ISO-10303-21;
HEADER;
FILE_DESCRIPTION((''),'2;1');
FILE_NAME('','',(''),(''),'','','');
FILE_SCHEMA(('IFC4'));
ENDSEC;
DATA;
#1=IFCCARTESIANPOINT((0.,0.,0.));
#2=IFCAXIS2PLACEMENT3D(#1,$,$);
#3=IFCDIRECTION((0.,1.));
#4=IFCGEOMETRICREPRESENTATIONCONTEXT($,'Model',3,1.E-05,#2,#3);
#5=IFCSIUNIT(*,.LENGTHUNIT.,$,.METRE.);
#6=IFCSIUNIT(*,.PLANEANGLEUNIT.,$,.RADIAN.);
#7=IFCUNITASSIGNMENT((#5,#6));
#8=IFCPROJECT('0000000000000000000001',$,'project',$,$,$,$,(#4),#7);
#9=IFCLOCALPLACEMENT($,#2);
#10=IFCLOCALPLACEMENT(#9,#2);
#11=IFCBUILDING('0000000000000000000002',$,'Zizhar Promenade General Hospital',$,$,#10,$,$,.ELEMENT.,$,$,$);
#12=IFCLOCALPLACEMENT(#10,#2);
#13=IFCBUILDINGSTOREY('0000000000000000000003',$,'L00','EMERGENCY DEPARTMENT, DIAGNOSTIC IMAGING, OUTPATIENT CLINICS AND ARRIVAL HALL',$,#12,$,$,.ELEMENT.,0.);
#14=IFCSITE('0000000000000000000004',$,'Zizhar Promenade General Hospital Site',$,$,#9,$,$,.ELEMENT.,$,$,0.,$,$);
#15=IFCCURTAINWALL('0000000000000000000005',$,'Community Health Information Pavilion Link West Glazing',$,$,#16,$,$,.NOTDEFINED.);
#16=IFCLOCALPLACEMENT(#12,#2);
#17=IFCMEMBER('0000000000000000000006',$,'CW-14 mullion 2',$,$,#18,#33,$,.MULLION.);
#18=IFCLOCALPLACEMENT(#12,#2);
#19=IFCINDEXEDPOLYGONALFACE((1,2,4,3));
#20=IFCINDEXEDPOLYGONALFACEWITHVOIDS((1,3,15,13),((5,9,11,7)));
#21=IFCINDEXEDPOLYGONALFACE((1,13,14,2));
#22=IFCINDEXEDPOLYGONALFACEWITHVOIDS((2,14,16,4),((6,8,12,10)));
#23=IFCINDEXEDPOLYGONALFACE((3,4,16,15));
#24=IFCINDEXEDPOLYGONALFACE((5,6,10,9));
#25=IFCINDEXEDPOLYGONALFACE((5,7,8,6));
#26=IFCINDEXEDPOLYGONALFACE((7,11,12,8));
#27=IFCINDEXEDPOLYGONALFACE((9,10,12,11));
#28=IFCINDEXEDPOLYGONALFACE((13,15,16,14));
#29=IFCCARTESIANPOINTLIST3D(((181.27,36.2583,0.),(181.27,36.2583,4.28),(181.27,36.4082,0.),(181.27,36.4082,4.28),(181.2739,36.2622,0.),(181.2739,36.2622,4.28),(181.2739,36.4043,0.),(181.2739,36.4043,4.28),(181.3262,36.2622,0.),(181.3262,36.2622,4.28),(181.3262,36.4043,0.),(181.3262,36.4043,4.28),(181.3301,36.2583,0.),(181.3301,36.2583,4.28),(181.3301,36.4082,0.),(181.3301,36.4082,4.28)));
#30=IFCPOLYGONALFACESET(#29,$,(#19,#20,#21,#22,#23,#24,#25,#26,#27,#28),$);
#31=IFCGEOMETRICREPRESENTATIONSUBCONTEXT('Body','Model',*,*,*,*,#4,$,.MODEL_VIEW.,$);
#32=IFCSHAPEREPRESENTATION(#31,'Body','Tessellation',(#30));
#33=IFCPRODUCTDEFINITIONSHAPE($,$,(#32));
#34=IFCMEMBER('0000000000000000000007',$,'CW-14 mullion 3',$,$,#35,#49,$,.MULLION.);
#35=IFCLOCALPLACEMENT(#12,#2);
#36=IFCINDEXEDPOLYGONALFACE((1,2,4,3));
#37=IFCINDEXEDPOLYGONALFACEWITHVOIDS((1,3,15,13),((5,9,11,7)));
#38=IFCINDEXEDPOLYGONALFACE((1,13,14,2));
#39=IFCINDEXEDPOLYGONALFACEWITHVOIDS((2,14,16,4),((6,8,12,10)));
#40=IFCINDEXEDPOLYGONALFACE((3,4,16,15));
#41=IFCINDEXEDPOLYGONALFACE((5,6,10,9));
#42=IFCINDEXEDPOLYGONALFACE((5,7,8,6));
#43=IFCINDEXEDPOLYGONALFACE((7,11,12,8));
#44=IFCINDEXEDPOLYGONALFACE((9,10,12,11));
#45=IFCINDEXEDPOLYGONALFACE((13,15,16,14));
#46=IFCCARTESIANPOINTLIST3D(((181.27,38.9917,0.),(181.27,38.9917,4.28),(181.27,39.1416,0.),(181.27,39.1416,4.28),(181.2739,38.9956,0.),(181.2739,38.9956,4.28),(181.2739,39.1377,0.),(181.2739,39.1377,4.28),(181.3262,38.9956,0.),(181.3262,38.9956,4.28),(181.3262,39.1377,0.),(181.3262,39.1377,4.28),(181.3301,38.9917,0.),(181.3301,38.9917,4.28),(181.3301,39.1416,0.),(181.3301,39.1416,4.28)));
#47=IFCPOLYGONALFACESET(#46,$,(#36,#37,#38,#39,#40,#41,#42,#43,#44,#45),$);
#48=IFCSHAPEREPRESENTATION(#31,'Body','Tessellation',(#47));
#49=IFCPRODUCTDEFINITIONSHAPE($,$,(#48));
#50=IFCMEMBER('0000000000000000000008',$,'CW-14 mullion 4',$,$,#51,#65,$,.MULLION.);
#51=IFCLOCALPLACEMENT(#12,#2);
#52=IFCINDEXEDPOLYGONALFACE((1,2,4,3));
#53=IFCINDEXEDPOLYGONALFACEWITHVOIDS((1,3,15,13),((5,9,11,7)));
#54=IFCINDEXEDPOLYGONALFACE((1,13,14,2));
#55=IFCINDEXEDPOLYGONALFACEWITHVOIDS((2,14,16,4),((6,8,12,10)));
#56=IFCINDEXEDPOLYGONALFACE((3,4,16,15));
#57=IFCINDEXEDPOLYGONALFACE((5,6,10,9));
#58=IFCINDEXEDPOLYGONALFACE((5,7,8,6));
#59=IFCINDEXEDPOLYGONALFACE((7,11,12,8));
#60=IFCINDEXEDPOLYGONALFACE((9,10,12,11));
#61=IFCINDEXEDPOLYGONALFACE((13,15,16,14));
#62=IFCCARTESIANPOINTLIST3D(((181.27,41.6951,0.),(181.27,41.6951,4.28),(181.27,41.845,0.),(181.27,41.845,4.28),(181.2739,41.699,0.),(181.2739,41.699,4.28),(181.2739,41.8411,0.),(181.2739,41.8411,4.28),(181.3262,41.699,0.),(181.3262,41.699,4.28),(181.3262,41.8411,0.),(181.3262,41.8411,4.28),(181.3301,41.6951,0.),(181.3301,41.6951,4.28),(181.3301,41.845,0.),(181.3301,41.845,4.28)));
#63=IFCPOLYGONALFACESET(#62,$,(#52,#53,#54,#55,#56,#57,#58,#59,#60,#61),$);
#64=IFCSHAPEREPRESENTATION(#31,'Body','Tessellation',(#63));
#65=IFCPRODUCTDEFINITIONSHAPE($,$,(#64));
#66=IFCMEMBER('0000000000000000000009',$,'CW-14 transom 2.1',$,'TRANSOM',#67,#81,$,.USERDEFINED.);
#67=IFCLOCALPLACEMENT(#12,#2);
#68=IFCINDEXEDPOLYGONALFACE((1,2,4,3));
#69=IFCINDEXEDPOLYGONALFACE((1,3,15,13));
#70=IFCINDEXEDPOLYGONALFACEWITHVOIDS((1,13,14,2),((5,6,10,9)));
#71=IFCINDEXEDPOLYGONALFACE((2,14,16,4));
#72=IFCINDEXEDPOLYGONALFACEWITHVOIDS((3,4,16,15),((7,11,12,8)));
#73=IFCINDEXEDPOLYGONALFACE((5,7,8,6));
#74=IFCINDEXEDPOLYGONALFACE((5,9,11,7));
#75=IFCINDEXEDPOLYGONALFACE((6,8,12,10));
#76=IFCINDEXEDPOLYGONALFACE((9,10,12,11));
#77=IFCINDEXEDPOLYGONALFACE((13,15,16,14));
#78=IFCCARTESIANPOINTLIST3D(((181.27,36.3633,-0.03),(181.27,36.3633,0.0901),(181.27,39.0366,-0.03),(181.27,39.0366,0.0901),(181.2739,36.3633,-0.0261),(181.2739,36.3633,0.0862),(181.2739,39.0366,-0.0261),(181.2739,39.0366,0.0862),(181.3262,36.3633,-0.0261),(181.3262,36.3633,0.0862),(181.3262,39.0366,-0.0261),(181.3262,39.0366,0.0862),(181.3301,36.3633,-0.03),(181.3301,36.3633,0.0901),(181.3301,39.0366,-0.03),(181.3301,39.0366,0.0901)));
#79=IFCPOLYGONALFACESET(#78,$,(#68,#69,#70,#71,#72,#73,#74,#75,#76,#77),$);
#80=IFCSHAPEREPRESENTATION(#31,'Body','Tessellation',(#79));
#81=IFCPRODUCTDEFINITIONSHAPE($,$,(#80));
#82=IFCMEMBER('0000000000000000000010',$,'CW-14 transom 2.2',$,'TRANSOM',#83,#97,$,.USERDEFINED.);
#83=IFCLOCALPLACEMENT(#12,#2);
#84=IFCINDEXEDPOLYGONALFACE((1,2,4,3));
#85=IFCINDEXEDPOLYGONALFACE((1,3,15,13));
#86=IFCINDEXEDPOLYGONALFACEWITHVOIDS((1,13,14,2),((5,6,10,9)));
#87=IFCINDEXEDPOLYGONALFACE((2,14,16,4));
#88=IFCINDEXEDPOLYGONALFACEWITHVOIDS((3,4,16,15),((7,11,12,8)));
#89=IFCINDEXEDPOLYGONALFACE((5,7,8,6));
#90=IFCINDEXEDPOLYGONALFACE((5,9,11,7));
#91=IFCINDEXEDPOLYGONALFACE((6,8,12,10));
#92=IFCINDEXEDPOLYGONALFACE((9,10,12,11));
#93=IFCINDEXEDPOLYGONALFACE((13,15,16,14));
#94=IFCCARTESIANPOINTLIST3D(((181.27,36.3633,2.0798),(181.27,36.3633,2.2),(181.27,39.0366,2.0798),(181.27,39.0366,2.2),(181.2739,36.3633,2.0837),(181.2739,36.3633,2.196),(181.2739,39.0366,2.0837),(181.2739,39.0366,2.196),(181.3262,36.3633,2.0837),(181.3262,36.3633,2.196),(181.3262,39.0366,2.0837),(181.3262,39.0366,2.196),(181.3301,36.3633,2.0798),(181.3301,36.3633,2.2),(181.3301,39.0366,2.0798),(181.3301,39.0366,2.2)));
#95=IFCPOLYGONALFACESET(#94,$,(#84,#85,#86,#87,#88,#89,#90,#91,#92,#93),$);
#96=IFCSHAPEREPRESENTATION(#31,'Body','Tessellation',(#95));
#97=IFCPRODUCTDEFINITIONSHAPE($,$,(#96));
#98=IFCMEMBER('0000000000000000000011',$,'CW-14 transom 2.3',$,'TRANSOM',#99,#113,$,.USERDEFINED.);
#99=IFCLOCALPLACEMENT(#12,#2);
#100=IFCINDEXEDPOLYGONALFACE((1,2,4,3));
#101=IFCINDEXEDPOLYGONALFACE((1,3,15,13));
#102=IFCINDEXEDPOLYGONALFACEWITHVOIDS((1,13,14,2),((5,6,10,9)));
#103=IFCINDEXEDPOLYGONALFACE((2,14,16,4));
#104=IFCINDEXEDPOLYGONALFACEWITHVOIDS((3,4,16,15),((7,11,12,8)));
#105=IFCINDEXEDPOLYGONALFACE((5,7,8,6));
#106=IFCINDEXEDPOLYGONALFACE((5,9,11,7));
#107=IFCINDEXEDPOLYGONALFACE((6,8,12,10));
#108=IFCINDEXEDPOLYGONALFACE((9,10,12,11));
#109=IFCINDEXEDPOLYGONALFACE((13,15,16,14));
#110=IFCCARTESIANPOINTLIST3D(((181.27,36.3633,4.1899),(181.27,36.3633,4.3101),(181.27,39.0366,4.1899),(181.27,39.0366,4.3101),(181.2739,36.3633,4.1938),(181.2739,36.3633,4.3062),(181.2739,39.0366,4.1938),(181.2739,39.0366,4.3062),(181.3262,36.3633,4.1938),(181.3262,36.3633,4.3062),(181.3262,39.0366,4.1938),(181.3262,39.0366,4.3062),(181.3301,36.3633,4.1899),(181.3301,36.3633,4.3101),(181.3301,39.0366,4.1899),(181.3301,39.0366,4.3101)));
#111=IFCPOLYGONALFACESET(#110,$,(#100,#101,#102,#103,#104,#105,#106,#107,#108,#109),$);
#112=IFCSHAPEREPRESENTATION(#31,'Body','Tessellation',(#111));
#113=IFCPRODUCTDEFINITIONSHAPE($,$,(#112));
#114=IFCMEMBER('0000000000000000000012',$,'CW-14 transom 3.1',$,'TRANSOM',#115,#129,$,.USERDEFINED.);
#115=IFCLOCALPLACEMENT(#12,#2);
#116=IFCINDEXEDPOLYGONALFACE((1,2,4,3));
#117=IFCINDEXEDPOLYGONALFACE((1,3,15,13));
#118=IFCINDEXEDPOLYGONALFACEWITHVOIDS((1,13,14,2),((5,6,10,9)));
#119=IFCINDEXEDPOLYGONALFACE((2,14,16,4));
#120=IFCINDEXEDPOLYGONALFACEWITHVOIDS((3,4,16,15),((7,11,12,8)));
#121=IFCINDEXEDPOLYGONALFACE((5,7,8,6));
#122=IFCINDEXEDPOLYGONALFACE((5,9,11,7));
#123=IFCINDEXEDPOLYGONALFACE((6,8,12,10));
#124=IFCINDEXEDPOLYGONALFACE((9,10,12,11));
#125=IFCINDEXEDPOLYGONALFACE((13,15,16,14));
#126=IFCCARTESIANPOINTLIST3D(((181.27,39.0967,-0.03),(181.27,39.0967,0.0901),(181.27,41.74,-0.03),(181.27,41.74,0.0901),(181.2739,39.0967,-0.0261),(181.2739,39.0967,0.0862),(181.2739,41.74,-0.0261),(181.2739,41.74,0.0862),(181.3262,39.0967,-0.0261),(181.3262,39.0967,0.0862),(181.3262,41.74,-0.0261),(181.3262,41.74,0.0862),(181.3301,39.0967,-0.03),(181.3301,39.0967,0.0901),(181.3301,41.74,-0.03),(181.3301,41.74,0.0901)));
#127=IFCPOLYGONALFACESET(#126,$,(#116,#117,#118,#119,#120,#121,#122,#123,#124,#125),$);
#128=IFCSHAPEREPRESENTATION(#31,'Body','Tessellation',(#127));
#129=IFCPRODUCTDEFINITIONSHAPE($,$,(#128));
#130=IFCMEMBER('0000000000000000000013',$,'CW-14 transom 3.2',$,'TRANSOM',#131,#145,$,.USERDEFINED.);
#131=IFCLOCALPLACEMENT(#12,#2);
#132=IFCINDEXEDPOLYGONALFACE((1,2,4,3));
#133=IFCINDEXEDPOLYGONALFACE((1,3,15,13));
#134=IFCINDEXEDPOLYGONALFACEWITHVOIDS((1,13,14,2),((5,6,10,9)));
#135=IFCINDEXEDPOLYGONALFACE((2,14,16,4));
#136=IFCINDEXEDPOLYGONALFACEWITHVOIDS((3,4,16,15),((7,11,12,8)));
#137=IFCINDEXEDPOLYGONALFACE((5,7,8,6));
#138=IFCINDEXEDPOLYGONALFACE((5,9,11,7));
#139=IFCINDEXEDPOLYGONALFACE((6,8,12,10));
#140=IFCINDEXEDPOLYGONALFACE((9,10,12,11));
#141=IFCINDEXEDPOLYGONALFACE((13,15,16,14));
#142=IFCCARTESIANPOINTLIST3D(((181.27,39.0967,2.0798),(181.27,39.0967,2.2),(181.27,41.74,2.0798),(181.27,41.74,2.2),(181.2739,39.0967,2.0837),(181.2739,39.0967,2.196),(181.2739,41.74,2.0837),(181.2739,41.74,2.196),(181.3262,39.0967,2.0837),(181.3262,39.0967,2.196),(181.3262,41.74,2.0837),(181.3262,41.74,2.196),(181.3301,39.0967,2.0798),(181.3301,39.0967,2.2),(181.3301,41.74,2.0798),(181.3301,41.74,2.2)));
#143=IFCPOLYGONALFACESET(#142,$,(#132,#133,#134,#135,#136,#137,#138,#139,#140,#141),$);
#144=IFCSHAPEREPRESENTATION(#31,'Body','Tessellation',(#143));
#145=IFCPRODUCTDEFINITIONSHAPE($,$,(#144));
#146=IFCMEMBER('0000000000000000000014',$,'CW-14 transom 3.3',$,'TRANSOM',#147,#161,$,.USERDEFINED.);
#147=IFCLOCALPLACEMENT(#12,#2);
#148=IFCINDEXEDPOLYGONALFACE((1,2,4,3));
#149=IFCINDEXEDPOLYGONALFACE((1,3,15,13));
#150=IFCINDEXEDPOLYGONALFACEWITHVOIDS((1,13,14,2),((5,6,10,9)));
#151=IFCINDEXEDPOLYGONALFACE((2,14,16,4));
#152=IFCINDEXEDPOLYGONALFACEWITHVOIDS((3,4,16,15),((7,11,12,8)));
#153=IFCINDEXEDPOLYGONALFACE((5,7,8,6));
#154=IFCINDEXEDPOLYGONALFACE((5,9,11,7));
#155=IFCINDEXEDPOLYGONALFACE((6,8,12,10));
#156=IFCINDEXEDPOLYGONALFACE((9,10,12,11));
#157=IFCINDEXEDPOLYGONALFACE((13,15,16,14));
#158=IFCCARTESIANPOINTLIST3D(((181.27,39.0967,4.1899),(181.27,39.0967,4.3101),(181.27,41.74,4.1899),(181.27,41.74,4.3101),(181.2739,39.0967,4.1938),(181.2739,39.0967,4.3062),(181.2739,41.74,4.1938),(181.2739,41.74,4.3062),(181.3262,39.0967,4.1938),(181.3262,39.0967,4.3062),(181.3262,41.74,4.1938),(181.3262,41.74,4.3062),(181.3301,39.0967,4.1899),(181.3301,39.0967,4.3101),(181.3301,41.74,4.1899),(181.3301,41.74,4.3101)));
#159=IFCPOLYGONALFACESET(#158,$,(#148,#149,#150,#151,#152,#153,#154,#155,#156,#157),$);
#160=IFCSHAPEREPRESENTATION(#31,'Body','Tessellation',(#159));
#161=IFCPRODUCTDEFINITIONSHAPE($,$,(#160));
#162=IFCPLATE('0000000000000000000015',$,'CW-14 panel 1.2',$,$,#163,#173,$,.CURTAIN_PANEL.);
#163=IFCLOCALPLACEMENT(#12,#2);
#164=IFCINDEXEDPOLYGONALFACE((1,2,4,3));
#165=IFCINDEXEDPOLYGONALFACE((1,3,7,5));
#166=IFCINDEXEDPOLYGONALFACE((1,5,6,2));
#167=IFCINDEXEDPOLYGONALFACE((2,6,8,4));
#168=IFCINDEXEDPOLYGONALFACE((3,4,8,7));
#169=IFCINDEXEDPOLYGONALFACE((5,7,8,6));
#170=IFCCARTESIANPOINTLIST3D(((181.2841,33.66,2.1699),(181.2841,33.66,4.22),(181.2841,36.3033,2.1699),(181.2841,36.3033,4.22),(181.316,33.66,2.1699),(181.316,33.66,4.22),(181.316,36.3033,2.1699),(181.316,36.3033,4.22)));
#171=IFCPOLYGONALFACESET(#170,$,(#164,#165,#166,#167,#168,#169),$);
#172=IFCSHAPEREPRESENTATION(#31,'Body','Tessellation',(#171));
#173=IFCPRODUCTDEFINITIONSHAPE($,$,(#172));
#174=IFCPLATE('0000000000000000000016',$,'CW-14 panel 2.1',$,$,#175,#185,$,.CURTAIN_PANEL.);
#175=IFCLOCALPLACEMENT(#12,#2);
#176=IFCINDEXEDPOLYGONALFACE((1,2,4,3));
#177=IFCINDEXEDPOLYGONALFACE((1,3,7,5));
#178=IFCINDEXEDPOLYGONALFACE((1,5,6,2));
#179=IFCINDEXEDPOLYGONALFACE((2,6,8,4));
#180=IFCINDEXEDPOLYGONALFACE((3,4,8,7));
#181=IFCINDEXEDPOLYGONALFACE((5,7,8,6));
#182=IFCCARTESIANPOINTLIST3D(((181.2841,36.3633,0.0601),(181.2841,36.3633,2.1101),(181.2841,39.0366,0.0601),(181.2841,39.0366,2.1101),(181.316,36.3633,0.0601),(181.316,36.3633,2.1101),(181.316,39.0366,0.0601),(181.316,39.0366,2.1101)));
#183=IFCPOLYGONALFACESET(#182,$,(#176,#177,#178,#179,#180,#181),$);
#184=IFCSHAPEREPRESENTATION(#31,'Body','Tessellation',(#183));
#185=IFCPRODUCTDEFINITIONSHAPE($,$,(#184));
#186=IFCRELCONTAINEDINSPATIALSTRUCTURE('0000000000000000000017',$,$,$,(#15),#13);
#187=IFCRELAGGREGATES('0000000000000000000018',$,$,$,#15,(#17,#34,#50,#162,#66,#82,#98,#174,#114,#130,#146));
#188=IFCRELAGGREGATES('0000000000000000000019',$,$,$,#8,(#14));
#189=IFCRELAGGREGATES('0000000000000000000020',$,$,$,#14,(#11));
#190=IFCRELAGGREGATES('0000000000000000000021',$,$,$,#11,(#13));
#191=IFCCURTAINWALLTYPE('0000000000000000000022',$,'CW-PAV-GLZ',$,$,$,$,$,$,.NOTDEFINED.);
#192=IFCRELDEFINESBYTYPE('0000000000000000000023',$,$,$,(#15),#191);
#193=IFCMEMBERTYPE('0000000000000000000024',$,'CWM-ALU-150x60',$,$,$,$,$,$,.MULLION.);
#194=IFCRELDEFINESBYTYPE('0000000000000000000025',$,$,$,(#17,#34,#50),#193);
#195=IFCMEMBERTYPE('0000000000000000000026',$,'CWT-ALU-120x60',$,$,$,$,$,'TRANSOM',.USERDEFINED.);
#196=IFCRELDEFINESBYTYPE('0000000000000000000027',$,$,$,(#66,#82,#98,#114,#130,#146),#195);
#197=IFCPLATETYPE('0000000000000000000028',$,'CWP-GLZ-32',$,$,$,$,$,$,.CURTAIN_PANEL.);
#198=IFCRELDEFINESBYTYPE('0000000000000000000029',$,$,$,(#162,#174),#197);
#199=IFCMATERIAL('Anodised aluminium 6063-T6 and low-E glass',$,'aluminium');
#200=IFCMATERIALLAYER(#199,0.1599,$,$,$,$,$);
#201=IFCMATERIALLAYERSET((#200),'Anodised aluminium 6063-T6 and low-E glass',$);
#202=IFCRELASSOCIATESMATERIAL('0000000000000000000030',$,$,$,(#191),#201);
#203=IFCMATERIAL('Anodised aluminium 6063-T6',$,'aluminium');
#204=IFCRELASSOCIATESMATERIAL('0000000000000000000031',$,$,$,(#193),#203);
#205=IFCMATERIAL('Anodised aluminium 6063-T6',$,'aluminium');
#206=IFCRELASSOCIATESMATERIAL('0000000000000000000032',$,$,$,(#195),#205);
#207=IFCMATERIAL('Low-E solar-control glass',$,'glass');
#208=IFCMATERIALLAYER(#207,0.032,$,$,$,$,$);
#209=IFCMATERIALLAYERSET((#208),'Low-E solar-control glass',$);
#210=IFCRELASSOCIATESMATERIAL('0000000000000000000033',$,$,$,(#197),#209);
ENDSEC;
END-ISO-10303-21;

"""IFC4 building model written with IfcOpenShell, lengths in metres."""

from ifc_helpers import new_model, si_unit, direction, frame, origin, origin_2d, place, context, subcontext, project, spatial, rectangle, hollow_rectangle, extrude, material, layer, layer_set, material_profile, profile_set, type_object, element, aggregate, save


model = new_model("IFC4")

# Units and contexts
model_context = context("Model", 3, precision=1e-05, world=origin(), true_north=direction((0.0, 1.0)))
body_context = subcontext(model_context, "Body", "Model", "MODEL_VIEW")
ifc_project = project(units=[si_unit("LENGTHUNIT", "METRE"), si_unit("PLANEANGLEUNIT", "RADIAN")], contexts=[model_context])

# Site, building, storey
site_placement = place(None, origin())
site = spatial("IfcSite", under=ifc_project, at=site_placement, Name="Zizhar Promenade General Hospital Site", CompositionType="ELEMENT", RefElevation=0.0)
building_placement = place(site_placement, origin())
building = spatial("IfcBuilding", under=site, at=building_placement, Name="Zizhar Promenade General Hospital", CompositionType="ELEMENT")
storey_placement = place(building_placement, origin())
storey = spatial("IfcBuildingStorey", under=building, at=storey_placement, Name="L00", Description="EMERGENCY DEPARTMENT, DIAGNOSTIC IMAGING, OUTPATIENT CLINICS AND ARRIVAL HALL", CompositionType="ELEMENT", Elevation=0.0)

# Curtain wall, members, plates
ifc_material_1 = material(Name="Anodised aluminium 6063-T6 and low-E glass", Category="aluminium")
ifc_layer_1 = layer(ifc_material_1, 0.1599)
ifc_layer_set_1 = layer_set([ifc_layer_1], Name="Anodised aluminium 6063-T6 and low-E glass")
curtain_wall_type = type_object("IfcCurtainWallType", Name="CW-PAV-GLZ", PredefinedType="NOTDEFINED", material=ifc_layer_set_1)
curtain_wall_placement = place(storey_placement, origin())
curtain_wall = element("IfcCurtainWall", 1, at=curtain_wall_placement, inside=storey, type_object=curtain_wall_type, Name="Community Health Information Pavilion Link West Glazing", PredefinedType="NOTDEFINED")
ifc_material_2 = material(Name="Anodised aluminium 6063-T6", Category="aluminium")
ifc_material_profile_1 = material_profile(ifc_material_2, hollow_rectangle(XDim=0.0601, YDim=0.1499, WallThickness=0.0039, at=origin_2d()))
ifc_profile_set_1 = profile_set([ifc_material_profile_1], Name="Anodised aluminium 6063-T6")
member_type_1 = type_object("IfcMemberType", Name="CWM-ALU-150x60", PredefinedType="MULLION", material=ifc_profile_set_1)
member_1_placement = place(storey_placement, frame((181.3, 36.3333, 0.0), z_axis=(0.0, 0.0, 1.0), x_axis=(-1.0, 0.0, 0.0)))
member_1 = element("IfcMember", 2, at=member_1_placement, type_object=member_type_1, Name="CW-14 mullion 2", PredefinedType="MULLION", context=body_context, shape_type="SweptSolid", body=[
    extrude(hollow_rectangle(XDim=0.0601, YDim=0.1499, WallThickness=0.0039, at=origin_2d()), origin(), (0.0, 0.0, 1.0), 4.28),
])
member_2_placement = place(storey_placement, frame((181.3, 39.0667, 0.0), z_axis=(0.0, 0.0, 1.0), x_axis=(-1.0, 0.0, 0.0)))
member_2 = element("IfcMember", 3, at=member_2_placement, type_object=member_type_1, Name="CW-14 mullion 3", PredefinedType="MULLION", context=body_context, shape_type="SweptSolid", body=[
    extrude(hollow_rectangle(XDim=0.0601, YDim=0.1499, WallThickness=0.0039, at=origin_2d()), origin(), (0.0, 0.0, 1.0), 4.28),
])
member_3_placement = place(storey_placement, frame((181.3, 41.77, 0.0), z_axis=(0.0, 0.0, 1.0), x_axis=(-1.0, 0.0, 0.0)))
member_3 = element("IfcMember", 4, at=member_3_placement, type_object=member_type_1, Name="CW-14 mullion 4", PredefinedType="MULLION", context=body_context, shape_type="SweptSolid", body=[
    extrude(hollow_rectangle(XDim=0.0601, YDim=0.1499, WallThickness=0.0039, at=origin_2d()), origin(), (0.0, 0.0, 1.0), 4.28),
])
ifc_material_3 = material(Name="Anodised aluminium 6063-T6", Category="aluminium")
ifc_material_profile_2 = material_profile(ifc_material_3, hollow_rectangle(XDim=0.0601, YDim=0.1201, WallThickness=0.0039, at=origin_2d()))
ifc_profile_set_2 = profile_set([ifc_material_profile_2], Name="Anodised aluminium 6063-T6")
member_type_2 = type_object("IfcMemberType", Name="CWT-ALU-120x60", ElementType="TRANSOM", PredefinedType="USERDEFINED", material=ifc_profile_set_2)
member_4_placement = place(storey_placement, frame((181.3, 36.3633, 0.03), z_axis=(0.0, 1.0, 0.0), x_axis=(-1.0, 0.0, 0.0)))
member_4 = element("IfcMember", 5, at=member_4_placement, type_object=member_type_2, Name="CW-14 transom 2.1", ObjectType="TRANSOM", PredefinedType="USERDEFINED", context=body_context, shape_type="SweptSolid", body=[
    extrude(hollow_rectangle(XDim=0.0601, YDim=0.1201, WallThickness=0.0039, at=origin_2d()), origin(), (0.0, 0.0, 1.0), 2.6733),
])
member_5_placement = place(storey_placement, frame((181.3, 36.3633, 2.1399), z_axis=(0.0, 1.0, 0.0), x_axis=(-1.0, 0.0, 0.0)))
member_5 = element("IfcMember", 6, at=member_5_placement, type_object=member_type_2, Name="CW-14 transom 2.2", ObjectType="TRANSOM", PredefinedType="USERDEFINED", context=body_context, shape_type="SweptSolid", body=[
    extrude(hollow_rectangle(XDim=0.0601, YDim=0.1201, WallThickness=0.0039, at=origin_2d()), origin(), (0.0, 0.0, 1.0), 2.6733),
])
member_6_placement = place(storey_placement, frame((181.3, 36.3633, 4.25), z_axis=(0.0, 1.0, 0.0), x_axis=(-1.0, 0.0, 0.0)))
member_6 = element("IfcMember", 7, at=member_6_placement, type_object=member_type_2, Name="CW-14 transom 2.3", ObjectType="TRANSOM", PredefinedType="USERDEFINED", context=body_context, shape_type="SweptSolid", body=[
    extrude(hollow_rectangle(XDim=0.0601, YDim=0.1201, WallThickness=0.0039, at=origin_2d()), origin(), (0.0, 0.0, 1.0), 2.6733),
])
member_7_placement = place(storey_placement, frame((181.3, 39.0967, 0.03), z_axis=(0.0, 1.0, 0.0), x_axis=(-1.0, 0.0, 0.0)))
member_7 = element("IfcMember", 8, at=member_7_placement, type_object=member_type_2, Name="CW-14 transom 3.1", ObjectType="TRANSOM", PredefinedType="USERDEFINED", context=body_context, shape_type="SweptSolid", body=[
    extrude(hollow_rectangle(XDim=0.0601, YDim=0.1201, WallThickness=0.0039, at=origin_2d()), origin(), (0.0, 0.0, 1.0), 2.6433),
])
member_8_placement = place(storey_placement, frame((181.3, 39.0967, 2.1399), z_axis=(0.0, 1.0, 0.0), x_axis=(-1.0, 0.0, 0.0)))
member_8 = element("IfcMember", 9, at=member_8_placement, type_object=member_type_2, Name="CW-14 transom 3.2", ObjectType="TRANSOM", PredefinedType="USERDEFINED", context=body_context, shape_type="SweptSolid", body=[
    extrude(hollow_rectangle(XDim=0.0601, YDim=0.1201, WallThickness=0.0039, at=origin_2d()), origin(), (0.0, 0.0, 1.0), 2.6433),
])
member_9_placement = place(storey_placement, frame((181.3, 39.0967, 4.25), z_axis=(0.0, 1.0, 0.0), x_axis=(-1.0, 0.0, 0.0)))
member_9 = element("IfcMember", 10, at=member_9_placement, type_object=member_type_2, Name="CW-14 transom 3.3", ObjectType="TRANSOM", PredefinedType="USERDEFINED", context=body_context, shape_type="SweptSolid", body=[
    extrude(hollow_rectangle(XDim=0.0601, YDim=0.1201, WallThickness=0.0039, at=origin_2d()), origin(), (0.0, 0.0, 1.0), 2.6433),
])
ifc_material_4 = material(Name="Low-E solar-control glass", Category="glass")
ifc_layer_2 = layer(ifc_material_4, 0.032)
ifc_layer_set_2 = layer_set([ifc_layer_2], Name="Low-E solar-control glass")
plate_type = type_object("IfcPlateType", Name="CWP-GLZ-32", PredefinedType="CURTAIN_PANEL", material=ifc_layer_set_2)
plate_1_placement = place(storey_placement, frame((181.3, 34.9817, 2.1699), z_axis=(0.0, 0.0, 1.0), x_axis=(0.0, 1.0, 0.0)))
plate_1 = element("IfcPlate", 11, at=plate_1_placement, type_object=plate_type, Name="CW-14 panel 1.2", PredefinedType="CURTAIN_PANEL", context=body_context, shape_type="SweptSolid", body=[
    extrude(rectangle(XDim=2.6433, YDim=0.032, at=origin_2d()), origin(), (0.0, 0.0, 1.0), 2.05),
])
plate_2_placement = place(storey_placement, frame((181.3, 37.7, 0.0601), z_axis=(0.0, 0.0, 1.0), x_axis=(0.0, 1.0, 0.0)))
plate_2 = element("IfcPlate", 12, at=plate_2_placement, type_object=plate_type, Name="CW-14 panel 2.1", PredefinedType="CURTAIN_PANEL", context=body_context, shape_type="SweptSolid", body=[
    extrude(rectangle(XDim=2.6733, YDim=0.032, at=origin_2d()), origin(), (0.0, 0.0, 1.0), 2.05),
])
aggregate(curtain_wall, [member_1, member_2, member_3, plate_1, member_4, member_5, member_6, plate_2, member_7, member_8, member_9])

save(model, "model.ifc")
